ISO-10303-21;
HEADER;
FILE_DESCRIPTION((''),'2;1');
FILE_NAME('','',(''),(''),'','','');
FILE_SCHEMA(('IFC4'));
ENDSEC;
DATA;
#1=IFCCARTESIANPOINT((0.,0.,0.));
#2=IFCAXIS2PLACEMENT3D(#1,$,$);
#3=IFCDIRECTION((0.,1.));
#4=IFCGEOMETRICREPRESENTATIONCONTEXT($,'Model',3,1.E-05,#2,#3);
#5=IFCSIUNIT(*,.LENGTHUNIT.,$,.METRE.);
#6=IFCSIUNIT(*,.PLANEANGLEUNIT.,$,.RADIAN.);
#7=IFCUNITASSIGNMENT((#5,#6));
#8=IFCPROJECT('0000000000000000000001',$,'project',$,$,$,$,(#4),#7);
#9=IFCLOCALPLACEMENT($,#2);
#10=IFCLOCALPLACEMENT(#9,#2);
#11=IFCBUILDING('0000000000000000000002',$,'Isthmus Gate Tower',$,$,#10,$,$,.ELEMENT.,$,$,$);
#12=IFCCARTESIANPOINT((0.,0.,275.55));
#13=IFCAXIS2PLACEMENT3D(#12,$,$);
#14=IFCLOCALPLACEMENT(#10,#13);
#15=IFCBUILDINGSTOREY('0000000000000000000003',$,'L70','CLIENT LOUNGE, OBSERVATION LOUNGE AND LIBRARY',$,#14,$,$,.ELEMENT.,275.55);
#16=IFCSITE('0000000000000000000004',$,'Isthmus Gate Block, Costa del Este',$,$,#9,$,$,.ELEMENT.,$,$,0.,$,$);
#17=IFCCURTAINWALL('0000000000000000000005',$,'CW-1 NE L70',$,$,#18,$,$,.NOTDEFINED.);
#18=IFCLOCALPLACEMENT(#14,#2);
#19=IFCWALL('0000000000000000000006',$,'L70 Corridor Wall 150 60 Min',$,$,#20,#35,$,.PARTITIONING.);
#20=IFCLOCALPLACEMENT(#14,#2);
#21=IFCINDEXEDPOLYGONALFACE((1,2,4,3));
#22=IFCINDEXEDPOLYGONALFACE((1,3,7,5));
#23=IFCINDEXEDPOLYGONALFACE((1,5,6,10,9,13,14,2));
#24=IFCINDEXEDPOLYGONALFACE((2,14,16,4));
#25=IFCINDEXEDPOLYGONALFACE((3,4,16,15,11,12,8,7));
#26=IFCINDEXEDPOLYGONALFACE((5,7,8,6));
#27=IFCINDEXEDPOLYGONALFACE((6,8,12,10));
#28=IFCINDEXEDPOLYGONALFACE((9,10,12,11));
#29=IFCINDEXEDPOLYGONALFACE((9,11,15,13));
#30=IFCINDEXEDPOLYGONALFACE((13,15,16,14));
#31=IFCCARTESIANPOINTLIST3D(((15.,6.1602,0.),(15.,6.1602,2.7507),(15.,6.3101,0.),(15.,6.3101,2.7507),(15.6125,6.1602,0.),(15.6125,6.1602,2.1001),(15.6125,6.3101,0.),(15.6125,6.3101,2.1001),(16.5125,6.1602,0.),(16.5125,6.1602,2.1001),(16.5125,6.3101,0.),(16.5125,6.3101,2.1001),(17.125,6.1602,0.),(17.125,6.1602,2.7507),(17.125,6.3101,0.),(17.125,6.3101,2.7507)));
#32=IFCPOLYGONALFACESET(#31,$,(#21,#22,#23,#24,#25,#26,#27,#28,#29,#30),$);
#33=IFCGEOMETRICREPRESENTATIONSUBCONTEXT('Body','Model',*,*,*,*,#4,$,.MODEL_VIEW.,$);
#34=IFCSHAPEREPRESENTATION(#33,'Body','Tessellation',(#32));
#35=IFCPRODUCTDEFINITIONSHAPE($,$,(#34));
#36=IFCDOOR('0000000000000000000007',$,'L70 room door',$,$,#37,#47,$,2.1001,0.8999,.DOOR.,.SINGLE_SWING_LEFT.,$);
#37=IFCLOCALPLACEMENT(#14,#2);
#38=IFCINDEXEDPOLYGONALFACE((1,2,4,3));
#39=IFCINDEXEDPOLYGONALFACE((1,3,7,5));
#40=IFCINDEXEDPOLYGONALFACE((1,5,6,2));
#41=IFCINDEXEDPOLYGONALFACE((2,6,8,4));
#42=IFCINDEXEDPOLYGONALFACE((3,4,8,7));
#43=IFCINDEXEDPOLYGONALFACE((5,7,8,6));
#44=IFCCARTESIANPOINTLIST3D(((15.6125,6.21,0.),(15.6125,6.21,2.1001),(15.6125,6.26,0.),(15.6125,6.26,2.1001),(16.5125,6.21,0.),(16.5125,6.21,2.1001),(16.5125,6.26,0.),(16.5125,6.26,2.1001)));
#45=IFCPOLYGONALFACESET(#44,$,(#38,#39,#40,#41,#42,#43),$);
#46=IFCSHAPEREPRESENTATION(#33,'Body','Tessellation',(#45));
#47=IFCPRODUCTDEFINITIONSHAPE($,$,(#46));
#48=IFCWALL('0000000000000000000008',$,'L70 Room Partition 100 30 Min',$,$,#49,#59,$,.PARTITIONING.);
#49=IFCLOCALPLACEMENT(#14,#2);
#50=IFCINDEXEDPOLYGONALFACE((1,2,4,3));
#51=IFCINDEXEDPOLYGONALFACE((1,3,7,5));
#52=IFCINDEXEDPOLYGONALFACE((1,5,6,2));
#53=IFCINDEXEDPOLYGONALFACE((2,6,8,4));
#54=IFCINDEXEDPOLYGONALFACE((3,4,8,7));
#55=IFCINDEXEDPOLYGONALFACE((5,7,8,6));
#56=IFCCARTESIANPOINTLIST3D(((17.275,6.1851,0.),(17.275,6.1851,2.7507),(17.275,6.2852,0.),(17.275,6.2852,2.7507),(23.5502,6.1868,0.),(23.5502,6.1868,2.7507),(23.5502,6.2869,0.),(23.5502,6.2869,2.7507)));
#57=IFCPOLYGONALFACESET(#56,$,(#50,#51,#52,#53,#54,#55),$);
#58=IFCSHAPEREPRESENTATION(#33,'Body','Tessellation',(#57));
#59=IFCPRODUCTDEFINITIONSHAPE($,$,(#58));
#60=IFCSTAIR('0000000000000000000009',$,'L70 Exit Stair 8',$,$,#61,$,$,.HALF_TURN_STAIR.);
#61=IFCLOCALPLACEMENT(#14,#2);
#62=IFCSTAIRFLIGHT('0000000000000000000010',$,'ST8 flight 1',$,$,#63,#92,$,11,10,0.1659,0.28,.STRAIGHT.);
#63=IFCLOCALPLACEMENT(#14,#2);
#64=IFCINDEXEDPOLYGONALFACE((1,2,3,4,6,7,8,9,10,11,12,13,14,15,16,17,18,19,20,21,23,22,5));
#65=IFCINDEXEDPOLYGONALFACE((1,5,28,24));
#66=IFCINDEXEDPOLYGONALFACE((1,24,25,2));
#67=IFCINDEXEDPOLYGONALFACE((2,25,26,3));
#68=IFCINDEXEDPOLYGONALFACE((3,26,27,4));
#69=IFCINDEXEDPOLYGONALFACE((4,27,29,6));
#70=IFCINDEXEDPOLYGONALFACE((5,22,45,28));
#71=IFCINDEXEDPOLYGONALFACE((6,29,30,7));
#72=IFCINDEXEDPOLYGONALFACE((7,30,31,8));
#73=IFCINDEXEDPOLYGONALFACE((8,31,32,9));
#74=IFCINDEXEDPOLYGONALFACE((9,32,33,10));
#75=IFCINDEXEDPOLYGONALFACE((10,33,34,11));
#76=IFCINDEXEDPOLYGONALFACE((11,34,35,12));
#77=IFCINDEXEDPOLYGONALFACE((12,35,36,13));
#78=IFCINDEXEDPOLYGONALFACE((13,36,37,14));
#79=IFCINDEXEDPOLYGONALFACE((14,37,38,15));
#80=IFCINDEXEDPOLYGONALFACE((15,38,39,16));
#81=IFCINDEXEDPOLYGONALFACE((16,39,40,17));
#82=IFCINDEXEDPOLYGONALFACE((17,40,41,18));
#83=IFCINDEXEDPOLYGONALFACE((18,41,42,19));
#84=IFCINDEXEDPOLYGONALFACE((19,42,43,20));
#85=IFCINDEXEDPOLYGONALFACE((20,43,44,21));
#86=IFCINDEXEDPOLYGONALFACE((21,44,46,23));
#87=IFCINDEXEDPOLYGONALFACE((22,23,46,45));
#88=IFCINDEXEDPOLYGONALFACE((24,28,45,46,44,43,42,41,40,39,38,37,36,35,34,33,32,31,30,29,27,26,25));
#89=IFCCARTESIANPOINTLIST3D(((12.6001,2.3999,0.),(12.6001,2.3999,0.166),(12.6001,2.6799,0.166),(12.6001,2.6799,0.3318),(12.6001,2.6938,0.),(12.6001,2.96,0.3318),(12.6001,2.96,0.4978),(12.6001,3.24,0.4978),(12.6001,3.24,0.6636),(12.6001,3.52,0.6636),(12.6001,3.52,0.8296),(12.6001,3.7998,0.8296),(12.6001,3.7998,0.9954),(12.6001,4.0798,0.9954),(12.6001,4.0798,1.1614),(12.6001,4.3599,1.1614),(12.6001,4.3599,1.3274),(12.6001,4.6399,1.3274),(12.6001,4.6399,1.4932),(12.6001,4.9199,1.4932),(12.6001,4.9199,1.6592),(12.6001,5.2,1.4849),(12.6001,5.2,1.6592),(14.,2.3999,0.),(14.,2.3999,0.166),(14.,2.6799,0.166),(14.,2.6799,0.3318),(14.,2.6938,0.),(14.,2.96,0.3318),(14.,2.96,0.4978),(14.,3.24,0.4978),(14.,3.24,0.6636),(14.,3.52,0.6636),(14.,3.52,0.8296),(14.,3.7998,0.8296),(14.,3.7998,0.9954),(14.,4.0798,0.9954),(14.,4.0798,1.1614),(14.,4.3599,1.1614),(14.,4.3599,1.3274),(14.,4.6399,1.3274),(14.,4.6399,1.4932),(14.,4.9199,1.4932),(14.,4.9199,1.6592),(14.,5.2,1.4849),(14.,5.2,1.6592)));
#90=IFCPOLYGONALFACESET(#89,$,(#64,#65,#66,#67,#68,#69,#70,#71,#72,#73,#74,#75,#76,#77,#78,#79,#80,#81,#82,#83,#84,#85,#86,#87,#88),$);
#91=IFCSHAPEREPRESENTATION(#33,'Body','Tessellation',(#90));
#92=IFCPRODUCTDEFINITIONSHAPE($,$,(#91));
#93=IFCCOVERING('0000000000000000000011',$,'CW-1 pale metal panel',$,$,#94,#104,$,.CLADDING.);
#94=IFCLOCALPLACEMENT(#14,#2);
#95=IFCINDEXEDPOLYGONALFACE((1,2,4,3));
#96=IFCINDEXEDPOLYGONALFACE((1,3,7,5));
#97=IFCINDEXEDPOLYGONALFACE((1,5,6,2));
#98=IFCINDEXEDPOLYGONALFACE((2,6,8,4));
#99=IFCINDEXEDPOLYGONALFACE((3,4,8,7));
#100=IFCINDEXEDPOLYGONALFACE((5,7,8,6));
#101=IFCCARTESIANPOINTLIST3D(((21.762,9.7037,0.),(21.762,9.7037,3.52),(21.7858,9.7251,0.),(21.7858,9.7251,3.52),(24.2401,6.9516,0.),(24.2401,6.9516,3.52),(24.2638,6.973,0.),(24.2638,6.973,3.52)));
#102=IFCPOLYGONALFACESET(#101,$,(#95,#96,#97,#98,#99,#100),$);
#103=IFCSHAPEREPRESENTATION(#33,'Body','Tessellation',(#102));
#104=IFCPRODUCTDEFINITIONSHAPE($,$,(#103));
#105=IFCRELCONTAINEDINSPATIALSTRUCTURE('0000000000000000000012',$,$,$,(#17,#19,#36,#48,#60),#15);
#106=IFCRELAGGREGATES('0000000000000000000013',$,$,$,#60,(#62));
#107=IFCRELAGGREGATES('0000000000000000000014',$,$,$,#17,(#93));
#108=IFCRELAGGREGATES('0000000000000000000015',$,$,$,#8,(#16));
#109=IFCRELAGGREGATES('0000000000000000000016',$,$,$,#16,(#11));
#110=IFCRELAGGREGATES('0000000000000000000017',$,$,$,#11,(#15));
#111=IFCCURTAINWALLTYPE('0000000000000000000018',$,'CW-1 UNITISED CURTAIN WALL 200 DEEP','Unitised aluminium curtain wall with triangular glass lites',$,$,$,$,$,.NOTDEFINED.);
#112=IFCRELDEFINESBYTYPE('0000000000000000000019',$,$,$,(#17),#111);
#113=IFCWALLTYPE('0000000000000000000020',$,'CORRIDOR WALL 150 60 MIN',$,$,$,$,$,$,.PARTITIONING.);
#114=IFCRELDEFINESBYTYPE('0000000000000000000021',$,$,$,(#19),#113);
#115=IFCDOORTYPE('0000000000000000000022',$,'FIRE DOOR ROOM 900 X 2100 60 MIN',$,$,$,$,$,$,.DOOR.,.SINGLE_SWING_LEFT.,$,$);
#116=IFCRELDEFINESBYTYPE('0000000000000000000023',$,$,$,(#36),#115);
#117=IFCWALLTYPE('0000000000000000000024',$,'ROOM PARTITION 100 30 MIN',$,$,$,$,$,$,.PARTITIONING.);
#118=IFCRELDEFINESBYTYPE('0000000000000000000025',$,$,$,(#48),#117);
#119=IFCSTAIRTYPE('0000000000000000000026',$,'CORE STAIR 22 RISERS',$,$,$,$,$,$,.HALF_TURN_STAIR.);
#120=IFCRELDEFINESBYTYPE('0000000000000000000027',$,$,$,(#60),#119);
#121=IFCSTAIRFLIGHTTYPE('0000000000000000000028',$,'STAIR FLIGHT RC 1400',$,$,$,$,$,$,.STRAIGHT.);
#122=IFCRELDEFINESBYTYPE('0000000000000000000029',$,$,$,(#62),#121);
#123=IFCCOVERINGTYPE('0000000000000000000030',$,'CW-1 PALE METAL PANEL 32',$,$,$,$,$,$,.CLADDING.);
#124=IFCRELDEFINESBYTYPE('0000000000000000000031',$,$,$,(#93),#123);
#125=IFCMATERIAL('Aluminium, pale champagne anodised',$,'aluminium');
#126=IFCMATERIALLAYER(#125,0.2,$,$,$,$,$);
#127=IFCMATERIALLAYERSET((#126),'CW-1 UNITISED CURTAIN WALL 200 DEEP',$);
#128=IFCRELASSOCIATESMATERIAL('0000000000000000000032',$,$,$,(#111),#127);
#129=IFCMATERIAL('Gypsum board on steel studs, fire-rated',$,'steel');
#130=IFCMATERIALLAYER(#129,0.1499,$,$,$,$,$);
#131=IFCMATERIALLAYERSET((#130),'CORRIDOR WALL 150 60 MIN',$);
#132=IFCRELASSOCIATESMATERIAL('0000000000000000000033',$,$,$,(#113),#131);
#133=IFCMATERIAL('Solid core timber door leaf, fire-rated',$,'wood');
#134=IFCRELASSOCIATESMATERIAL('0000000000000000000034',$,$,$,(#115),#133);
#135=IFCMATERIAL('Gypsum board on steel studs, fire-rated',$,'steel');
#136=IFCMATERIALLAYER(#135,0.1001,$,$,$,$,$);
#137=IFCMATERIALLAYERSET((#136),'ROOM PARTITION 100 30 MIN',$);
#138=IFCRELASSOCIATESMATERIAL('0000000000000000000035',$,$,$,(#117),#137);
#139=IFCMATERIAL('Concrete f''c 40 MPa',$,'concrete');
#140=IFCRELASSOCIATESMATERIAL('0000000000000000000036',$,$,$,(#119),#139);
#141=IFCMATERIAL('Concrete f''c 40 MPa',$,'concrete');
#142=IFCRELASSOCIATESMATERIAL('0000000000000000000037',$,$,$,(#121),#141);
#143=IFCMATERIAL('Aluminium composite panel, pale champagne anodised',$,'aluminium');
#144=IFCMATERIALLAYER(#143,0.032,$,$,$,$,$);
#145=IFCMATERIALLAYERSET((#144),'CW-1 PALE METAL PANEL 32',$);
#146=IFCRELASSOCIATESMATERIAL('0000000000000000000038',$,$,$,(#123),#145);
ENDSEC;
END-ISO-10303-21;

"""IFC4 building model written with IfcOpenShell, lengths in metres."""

from ifc_helpers import new_model, si_unit, direction, frame, frame_2d, origin, origin_2d, place, context, subcontext, project, spatial, polyline, rectangle, outline, extrude, material, layer, layer_set, type_object, element, fill, aggregate, save


model = new_model("IFC4")

# Units and contexts
model_context = context("Model", 3, precision=1e-05, world=origin(), true_north=direction((0.0, 1.0)))
body_context = subcontext(model_context, "Body", "Model", "MODEL_VIEW")
ifc_project = project(units=[si_unit("LENGTHUNIT", "METRE"), si_unit("PLANEANGLEUNIT", "RADIAN")], contexts=[model_context])

# Site, building, storey
site_placement = place(None, origin())
site = spatial("IfcSite", under=ifc_project, at=site_placement, Name="Isthmus Gate Block, Costa del Este", CompositionType="ELEMENT", RefElevation=0.0)
building_placement = place(site_placement, origin())
building = spatial("IfcBuilding", under=site, at=building_placement, Name="Isthmus Gate Tower", CompositionType="ELEMENT")
storey_placement = place(building_placement, frame((0.0, 0.0, 275.55)))
storey = spatial("IfcBuildingStorey", under=building, at=storey_placement, Name="L70", Description="CLIENT LOUNGE, OBSERVATION LOUNGE AND LIBRARY", CompositionType="ELEMENT", Elevation=275.55)

# Curtain wall
ifc_material_1 = material(Name="Aluminium, pale champagne anodised", Category="aluminium")
ifc_layer_1 = layer(ifc_material_1, 0.2)
ifc_layer_set_1 = layer_set([ifc_layer_1], Name="CW-1 UNITISED CURTAIN WALL 200 DEEP")
curtain_wall_type = type_object("IfcCurtainWallType", Name="CW-1 UNITISED CURTAIN WALL 200 DEEP", Description="Unitised aluminium curtain wall with triangular glass lites", PredefinedType="NOTDEFINED", material=ifc_layer_set_1)
curtain_wall_1_placement = place(storey_placement, origin())
curtain_wall_1 = element("IfcCurtainWall", 1, at=curtain_wall_1_placement, inside=storey, type_object=curtain_wall_type, Name="CW-1 NE L70", PredefinedType="NOTDEFINED")

# Wall, opening, door
ifc_material_2 = material(Name="Gypsum board on steel studs, fire-rated", Category="steel")
ifc_layer_2 = layer(ifc_material_2, 0.1499)
ifc_layer_set_2 = layer_set([ifc_layer_2], Name="CORRIDOR WALL 150 60 MIN")
wall_type_1 = type_object("IfcWallType", Name="CORRIDOR WALL 150 60 MIN", PredefinedType="PARTITIONING", material=ifc_layer_set_2)
wall_1_placement = place(storey_placement, frame((15.0, 6.2351, 0.0), z_axis=(0.0, 0.0, 1.0), x_axis=(1.0, 0.0, 0.0)))
wall_1 = element("IfcWall", 2, at=wall_1_placement, inside=storey, type_object=wall_type_1, Name="L70 Corridor Wall 150 60 Min", PredefinedType="PARTITIONING", context=body_context, shape_type="SweptSolid", body=[
    extrude(rectangle(XDim=2.125, YDim=0.1499, at=frame_2d((1.0625, 0.0))), origin(), (0.0, 0.0, 1.0), 2.7507),
])
opening_1_placement = place(wall_1_placement, frame((0.6125, 0.0, 0.0)))
opening_1 = element("IfcOpeningElement", 3, at=opening_1_placement, cuts=wall_1, PredefinedType="OPENING", context=body_context, shape_type="SweptSolid", body=[
    extrude(rectangle(XDim=0.8999, YDim=2.1001, at=frame_2d((0.45, 1.05))), frame((0.0, 0.085, 0.0), z_axis=(0.0, -1.0, 0.0), x_axis=(1.0, 0.0, 0.0)), (0.0, 0.0, 1.0), 0.1699),
])
ifc_material_3 = material(Name="Solid core timber door leaf, fire-rated", Category="wood")
door_type_1 = type_object("IfcDoorType", Name="FIRE DOOR ROOM 900 X 2100 60 MIN", OperationType="SINGLE_SWING_LEFT", PredefinedType="DOOR", material=ifc_material_3)
door_1_placement = place(opening_1_placement, origin())
door_1 = element("IfcDoor", 4, at=door_1_placement, inside=storey, type_object=door_type_1, Name="L70 room door", OperationType="SINGLE_SWING_LEFT", OverallHeight=2.1001, OverallWidth=0.8999, PredefinedType="DOOR", context=body_context, shape_type="SweptSolid", body=[
    extrude(rectangle(XDim=0.8999, YDim=2.1001, at=frame_2d((0.45, 1.05))), frame((0.0, 0.0249, 0.0), z_axis=(0.0, -1.0, 0.0), x_axis=(1.0, 0.0, 0.0)), (0.0, 0.0, 1.0), 0.05),
])
fill(opening_1, door_1)

# Wall
ifc_material_4 = material(Name="Gypsum board on steel studs, fire-rated", Category="steel")
ifc_layer_3 = layer(ifc_material_4, 0.1001)
ifc_layer_set_3 = layer_set([ifc_layer_3], Name="ROOM PARTITION 100 30 MIN")
wall_type_2 = type_object("IfcWallType", Name="ROOM PARTITION 100 30 MIN", PredefinedType="PARTITIONING", material=ifc_layer_set_3)
wall_2_placement = place(storey_placement, frame((17.2749, 6.2351, 0.0), z_axis=(0.0, 0.0, 1.0), x_axis=(1.0, 0.000272, 0.0)))
element("IfcWall", 5, at=wall_2_placement, inside=storey, type_object=wall_type_2, Name="L70 Room Partition 100 30 Min", PredefinedType="PARTITIONING", context=body_context, shape_type="SweptSolid", body=[
    extrude(rectangle(XDim=6.2751, YDim=0.1001, at=frame_2d((3.1377, 0.0))), origin(), (0.0, 0.0, 1.0), 2.7507),
])

# Stair, stair flight
ifc_material_5 = material(Name="Concrete f'c 40 MPa", Category="concrete")
stair_type = type_object("IfcStairType", Name="CORE STAIR 22 RISERS", PredefinedType="HALF_TURN_STAIR", material=ifc_material_5)
stair_placement = place(storey_placement, origin())
stair = element("IfcStair", 6, at=stair_placement, inside=storey, type_object=stair_type, Name="L70 Exit Stair 8", PredefinedType="HALF_TURN_STAIR")
ifc_material_6 = material(Name="Concrete f'c 40 MPa", Category="concrete")
stair_flight_type = type_object("IfcStairFlightType", Name="STAIR FLIGHT RC 1400", PredefinedType="STRAIGHT", material=ifc_material_6)
stair_flight_placement = place(storey_placement, frame((13.3, 2.3999, 0.0), z_axis=(0.0, 0.0, 1.0), x_axis=(0.0, 1.0, 0.0)))
stair_flight = element("IfcStairFlight", 7, at=stair_flight_placement, type_object=stair_flight_type, Name="ST8 flight 1", NumberOfRisers=11, NumberOfTreads=10, PredefinedType="STRAIGHT", RiserHeight=0.1659, TreadLength=0.28, context=body_context, shape_type="SweptSolid", body=[
    extrude(outline(polyline([(0.0, 0.0), (0.0, 0.166), (0.28, 0.166), (0.28, 0.3318), (0.5601, 0.3318), (0.5601, 0.4978), (0.8401, 0.4978), (0.8401, 0.6636), (1.1201, 0.6636), (1.1201, 0.8296), (1.3999, 0.8296), (1.3999, 0.9954), (1.6799, 0.9954), (1.6799, 1.1614), (1.96, 1.1614), (1.96, 1.3274), (2.24, 1.3274), (2.24, 1.4932), (2.52, 1.4932), (2.52, 1.6592), (2.8, 1.6592), (2.8, 1.825), (2.8, 1.4849), (0.2939, 0.0), (0.0, 0.0)])), frame((0.0, 0.7, 0.0), z_axis=(0.0, -1.0, 0.0), x_axis=(1.0, 0.0, 0.0)), (0.0, 0.0, 1.0), 1.3999),
])
aggregate(stair, [stair_flight])

# Covering
ifc_material_7 = material(Name="Aluminium composite panel, pale champagne anodised", Category="aluminium")
ifc_layer_4 = layer(ifc_material_7, 0.032)
ifc_layer_set_4 = layer_set([ifc_layer_4], Name="CW-1 PALE METAL PANEL 32")
covering_type = type_object("IfcCoveringType", Name="CW-1 PALE METAL PANEL 32", PredefinedType="CLADDING", material=ifc_layer_set_4)
covering_placement = place(storey_placement, frame((23.0129, 8.3384, 0.0), z_axis=(0.0, 0.0, 1.0), x_axis=(-0.669131, 0.743145, 0.0)))
covering = element("IfcCovering", 8, at=covering_placement, type_object=covering_type, Name="CW-1 pale metal panel", PredefinedType="CLADDING", context=body_context, shape_type="SweptSolid", body=[
    extrude(rectangle(XDim=3.7034, YDim=0.032, at=origin_2d()), origin(), (0.0, 0.0, 1.0), 3.52),
])
aggregate(curtain_wall_1, [covering])

save(model, "model.ifc")
